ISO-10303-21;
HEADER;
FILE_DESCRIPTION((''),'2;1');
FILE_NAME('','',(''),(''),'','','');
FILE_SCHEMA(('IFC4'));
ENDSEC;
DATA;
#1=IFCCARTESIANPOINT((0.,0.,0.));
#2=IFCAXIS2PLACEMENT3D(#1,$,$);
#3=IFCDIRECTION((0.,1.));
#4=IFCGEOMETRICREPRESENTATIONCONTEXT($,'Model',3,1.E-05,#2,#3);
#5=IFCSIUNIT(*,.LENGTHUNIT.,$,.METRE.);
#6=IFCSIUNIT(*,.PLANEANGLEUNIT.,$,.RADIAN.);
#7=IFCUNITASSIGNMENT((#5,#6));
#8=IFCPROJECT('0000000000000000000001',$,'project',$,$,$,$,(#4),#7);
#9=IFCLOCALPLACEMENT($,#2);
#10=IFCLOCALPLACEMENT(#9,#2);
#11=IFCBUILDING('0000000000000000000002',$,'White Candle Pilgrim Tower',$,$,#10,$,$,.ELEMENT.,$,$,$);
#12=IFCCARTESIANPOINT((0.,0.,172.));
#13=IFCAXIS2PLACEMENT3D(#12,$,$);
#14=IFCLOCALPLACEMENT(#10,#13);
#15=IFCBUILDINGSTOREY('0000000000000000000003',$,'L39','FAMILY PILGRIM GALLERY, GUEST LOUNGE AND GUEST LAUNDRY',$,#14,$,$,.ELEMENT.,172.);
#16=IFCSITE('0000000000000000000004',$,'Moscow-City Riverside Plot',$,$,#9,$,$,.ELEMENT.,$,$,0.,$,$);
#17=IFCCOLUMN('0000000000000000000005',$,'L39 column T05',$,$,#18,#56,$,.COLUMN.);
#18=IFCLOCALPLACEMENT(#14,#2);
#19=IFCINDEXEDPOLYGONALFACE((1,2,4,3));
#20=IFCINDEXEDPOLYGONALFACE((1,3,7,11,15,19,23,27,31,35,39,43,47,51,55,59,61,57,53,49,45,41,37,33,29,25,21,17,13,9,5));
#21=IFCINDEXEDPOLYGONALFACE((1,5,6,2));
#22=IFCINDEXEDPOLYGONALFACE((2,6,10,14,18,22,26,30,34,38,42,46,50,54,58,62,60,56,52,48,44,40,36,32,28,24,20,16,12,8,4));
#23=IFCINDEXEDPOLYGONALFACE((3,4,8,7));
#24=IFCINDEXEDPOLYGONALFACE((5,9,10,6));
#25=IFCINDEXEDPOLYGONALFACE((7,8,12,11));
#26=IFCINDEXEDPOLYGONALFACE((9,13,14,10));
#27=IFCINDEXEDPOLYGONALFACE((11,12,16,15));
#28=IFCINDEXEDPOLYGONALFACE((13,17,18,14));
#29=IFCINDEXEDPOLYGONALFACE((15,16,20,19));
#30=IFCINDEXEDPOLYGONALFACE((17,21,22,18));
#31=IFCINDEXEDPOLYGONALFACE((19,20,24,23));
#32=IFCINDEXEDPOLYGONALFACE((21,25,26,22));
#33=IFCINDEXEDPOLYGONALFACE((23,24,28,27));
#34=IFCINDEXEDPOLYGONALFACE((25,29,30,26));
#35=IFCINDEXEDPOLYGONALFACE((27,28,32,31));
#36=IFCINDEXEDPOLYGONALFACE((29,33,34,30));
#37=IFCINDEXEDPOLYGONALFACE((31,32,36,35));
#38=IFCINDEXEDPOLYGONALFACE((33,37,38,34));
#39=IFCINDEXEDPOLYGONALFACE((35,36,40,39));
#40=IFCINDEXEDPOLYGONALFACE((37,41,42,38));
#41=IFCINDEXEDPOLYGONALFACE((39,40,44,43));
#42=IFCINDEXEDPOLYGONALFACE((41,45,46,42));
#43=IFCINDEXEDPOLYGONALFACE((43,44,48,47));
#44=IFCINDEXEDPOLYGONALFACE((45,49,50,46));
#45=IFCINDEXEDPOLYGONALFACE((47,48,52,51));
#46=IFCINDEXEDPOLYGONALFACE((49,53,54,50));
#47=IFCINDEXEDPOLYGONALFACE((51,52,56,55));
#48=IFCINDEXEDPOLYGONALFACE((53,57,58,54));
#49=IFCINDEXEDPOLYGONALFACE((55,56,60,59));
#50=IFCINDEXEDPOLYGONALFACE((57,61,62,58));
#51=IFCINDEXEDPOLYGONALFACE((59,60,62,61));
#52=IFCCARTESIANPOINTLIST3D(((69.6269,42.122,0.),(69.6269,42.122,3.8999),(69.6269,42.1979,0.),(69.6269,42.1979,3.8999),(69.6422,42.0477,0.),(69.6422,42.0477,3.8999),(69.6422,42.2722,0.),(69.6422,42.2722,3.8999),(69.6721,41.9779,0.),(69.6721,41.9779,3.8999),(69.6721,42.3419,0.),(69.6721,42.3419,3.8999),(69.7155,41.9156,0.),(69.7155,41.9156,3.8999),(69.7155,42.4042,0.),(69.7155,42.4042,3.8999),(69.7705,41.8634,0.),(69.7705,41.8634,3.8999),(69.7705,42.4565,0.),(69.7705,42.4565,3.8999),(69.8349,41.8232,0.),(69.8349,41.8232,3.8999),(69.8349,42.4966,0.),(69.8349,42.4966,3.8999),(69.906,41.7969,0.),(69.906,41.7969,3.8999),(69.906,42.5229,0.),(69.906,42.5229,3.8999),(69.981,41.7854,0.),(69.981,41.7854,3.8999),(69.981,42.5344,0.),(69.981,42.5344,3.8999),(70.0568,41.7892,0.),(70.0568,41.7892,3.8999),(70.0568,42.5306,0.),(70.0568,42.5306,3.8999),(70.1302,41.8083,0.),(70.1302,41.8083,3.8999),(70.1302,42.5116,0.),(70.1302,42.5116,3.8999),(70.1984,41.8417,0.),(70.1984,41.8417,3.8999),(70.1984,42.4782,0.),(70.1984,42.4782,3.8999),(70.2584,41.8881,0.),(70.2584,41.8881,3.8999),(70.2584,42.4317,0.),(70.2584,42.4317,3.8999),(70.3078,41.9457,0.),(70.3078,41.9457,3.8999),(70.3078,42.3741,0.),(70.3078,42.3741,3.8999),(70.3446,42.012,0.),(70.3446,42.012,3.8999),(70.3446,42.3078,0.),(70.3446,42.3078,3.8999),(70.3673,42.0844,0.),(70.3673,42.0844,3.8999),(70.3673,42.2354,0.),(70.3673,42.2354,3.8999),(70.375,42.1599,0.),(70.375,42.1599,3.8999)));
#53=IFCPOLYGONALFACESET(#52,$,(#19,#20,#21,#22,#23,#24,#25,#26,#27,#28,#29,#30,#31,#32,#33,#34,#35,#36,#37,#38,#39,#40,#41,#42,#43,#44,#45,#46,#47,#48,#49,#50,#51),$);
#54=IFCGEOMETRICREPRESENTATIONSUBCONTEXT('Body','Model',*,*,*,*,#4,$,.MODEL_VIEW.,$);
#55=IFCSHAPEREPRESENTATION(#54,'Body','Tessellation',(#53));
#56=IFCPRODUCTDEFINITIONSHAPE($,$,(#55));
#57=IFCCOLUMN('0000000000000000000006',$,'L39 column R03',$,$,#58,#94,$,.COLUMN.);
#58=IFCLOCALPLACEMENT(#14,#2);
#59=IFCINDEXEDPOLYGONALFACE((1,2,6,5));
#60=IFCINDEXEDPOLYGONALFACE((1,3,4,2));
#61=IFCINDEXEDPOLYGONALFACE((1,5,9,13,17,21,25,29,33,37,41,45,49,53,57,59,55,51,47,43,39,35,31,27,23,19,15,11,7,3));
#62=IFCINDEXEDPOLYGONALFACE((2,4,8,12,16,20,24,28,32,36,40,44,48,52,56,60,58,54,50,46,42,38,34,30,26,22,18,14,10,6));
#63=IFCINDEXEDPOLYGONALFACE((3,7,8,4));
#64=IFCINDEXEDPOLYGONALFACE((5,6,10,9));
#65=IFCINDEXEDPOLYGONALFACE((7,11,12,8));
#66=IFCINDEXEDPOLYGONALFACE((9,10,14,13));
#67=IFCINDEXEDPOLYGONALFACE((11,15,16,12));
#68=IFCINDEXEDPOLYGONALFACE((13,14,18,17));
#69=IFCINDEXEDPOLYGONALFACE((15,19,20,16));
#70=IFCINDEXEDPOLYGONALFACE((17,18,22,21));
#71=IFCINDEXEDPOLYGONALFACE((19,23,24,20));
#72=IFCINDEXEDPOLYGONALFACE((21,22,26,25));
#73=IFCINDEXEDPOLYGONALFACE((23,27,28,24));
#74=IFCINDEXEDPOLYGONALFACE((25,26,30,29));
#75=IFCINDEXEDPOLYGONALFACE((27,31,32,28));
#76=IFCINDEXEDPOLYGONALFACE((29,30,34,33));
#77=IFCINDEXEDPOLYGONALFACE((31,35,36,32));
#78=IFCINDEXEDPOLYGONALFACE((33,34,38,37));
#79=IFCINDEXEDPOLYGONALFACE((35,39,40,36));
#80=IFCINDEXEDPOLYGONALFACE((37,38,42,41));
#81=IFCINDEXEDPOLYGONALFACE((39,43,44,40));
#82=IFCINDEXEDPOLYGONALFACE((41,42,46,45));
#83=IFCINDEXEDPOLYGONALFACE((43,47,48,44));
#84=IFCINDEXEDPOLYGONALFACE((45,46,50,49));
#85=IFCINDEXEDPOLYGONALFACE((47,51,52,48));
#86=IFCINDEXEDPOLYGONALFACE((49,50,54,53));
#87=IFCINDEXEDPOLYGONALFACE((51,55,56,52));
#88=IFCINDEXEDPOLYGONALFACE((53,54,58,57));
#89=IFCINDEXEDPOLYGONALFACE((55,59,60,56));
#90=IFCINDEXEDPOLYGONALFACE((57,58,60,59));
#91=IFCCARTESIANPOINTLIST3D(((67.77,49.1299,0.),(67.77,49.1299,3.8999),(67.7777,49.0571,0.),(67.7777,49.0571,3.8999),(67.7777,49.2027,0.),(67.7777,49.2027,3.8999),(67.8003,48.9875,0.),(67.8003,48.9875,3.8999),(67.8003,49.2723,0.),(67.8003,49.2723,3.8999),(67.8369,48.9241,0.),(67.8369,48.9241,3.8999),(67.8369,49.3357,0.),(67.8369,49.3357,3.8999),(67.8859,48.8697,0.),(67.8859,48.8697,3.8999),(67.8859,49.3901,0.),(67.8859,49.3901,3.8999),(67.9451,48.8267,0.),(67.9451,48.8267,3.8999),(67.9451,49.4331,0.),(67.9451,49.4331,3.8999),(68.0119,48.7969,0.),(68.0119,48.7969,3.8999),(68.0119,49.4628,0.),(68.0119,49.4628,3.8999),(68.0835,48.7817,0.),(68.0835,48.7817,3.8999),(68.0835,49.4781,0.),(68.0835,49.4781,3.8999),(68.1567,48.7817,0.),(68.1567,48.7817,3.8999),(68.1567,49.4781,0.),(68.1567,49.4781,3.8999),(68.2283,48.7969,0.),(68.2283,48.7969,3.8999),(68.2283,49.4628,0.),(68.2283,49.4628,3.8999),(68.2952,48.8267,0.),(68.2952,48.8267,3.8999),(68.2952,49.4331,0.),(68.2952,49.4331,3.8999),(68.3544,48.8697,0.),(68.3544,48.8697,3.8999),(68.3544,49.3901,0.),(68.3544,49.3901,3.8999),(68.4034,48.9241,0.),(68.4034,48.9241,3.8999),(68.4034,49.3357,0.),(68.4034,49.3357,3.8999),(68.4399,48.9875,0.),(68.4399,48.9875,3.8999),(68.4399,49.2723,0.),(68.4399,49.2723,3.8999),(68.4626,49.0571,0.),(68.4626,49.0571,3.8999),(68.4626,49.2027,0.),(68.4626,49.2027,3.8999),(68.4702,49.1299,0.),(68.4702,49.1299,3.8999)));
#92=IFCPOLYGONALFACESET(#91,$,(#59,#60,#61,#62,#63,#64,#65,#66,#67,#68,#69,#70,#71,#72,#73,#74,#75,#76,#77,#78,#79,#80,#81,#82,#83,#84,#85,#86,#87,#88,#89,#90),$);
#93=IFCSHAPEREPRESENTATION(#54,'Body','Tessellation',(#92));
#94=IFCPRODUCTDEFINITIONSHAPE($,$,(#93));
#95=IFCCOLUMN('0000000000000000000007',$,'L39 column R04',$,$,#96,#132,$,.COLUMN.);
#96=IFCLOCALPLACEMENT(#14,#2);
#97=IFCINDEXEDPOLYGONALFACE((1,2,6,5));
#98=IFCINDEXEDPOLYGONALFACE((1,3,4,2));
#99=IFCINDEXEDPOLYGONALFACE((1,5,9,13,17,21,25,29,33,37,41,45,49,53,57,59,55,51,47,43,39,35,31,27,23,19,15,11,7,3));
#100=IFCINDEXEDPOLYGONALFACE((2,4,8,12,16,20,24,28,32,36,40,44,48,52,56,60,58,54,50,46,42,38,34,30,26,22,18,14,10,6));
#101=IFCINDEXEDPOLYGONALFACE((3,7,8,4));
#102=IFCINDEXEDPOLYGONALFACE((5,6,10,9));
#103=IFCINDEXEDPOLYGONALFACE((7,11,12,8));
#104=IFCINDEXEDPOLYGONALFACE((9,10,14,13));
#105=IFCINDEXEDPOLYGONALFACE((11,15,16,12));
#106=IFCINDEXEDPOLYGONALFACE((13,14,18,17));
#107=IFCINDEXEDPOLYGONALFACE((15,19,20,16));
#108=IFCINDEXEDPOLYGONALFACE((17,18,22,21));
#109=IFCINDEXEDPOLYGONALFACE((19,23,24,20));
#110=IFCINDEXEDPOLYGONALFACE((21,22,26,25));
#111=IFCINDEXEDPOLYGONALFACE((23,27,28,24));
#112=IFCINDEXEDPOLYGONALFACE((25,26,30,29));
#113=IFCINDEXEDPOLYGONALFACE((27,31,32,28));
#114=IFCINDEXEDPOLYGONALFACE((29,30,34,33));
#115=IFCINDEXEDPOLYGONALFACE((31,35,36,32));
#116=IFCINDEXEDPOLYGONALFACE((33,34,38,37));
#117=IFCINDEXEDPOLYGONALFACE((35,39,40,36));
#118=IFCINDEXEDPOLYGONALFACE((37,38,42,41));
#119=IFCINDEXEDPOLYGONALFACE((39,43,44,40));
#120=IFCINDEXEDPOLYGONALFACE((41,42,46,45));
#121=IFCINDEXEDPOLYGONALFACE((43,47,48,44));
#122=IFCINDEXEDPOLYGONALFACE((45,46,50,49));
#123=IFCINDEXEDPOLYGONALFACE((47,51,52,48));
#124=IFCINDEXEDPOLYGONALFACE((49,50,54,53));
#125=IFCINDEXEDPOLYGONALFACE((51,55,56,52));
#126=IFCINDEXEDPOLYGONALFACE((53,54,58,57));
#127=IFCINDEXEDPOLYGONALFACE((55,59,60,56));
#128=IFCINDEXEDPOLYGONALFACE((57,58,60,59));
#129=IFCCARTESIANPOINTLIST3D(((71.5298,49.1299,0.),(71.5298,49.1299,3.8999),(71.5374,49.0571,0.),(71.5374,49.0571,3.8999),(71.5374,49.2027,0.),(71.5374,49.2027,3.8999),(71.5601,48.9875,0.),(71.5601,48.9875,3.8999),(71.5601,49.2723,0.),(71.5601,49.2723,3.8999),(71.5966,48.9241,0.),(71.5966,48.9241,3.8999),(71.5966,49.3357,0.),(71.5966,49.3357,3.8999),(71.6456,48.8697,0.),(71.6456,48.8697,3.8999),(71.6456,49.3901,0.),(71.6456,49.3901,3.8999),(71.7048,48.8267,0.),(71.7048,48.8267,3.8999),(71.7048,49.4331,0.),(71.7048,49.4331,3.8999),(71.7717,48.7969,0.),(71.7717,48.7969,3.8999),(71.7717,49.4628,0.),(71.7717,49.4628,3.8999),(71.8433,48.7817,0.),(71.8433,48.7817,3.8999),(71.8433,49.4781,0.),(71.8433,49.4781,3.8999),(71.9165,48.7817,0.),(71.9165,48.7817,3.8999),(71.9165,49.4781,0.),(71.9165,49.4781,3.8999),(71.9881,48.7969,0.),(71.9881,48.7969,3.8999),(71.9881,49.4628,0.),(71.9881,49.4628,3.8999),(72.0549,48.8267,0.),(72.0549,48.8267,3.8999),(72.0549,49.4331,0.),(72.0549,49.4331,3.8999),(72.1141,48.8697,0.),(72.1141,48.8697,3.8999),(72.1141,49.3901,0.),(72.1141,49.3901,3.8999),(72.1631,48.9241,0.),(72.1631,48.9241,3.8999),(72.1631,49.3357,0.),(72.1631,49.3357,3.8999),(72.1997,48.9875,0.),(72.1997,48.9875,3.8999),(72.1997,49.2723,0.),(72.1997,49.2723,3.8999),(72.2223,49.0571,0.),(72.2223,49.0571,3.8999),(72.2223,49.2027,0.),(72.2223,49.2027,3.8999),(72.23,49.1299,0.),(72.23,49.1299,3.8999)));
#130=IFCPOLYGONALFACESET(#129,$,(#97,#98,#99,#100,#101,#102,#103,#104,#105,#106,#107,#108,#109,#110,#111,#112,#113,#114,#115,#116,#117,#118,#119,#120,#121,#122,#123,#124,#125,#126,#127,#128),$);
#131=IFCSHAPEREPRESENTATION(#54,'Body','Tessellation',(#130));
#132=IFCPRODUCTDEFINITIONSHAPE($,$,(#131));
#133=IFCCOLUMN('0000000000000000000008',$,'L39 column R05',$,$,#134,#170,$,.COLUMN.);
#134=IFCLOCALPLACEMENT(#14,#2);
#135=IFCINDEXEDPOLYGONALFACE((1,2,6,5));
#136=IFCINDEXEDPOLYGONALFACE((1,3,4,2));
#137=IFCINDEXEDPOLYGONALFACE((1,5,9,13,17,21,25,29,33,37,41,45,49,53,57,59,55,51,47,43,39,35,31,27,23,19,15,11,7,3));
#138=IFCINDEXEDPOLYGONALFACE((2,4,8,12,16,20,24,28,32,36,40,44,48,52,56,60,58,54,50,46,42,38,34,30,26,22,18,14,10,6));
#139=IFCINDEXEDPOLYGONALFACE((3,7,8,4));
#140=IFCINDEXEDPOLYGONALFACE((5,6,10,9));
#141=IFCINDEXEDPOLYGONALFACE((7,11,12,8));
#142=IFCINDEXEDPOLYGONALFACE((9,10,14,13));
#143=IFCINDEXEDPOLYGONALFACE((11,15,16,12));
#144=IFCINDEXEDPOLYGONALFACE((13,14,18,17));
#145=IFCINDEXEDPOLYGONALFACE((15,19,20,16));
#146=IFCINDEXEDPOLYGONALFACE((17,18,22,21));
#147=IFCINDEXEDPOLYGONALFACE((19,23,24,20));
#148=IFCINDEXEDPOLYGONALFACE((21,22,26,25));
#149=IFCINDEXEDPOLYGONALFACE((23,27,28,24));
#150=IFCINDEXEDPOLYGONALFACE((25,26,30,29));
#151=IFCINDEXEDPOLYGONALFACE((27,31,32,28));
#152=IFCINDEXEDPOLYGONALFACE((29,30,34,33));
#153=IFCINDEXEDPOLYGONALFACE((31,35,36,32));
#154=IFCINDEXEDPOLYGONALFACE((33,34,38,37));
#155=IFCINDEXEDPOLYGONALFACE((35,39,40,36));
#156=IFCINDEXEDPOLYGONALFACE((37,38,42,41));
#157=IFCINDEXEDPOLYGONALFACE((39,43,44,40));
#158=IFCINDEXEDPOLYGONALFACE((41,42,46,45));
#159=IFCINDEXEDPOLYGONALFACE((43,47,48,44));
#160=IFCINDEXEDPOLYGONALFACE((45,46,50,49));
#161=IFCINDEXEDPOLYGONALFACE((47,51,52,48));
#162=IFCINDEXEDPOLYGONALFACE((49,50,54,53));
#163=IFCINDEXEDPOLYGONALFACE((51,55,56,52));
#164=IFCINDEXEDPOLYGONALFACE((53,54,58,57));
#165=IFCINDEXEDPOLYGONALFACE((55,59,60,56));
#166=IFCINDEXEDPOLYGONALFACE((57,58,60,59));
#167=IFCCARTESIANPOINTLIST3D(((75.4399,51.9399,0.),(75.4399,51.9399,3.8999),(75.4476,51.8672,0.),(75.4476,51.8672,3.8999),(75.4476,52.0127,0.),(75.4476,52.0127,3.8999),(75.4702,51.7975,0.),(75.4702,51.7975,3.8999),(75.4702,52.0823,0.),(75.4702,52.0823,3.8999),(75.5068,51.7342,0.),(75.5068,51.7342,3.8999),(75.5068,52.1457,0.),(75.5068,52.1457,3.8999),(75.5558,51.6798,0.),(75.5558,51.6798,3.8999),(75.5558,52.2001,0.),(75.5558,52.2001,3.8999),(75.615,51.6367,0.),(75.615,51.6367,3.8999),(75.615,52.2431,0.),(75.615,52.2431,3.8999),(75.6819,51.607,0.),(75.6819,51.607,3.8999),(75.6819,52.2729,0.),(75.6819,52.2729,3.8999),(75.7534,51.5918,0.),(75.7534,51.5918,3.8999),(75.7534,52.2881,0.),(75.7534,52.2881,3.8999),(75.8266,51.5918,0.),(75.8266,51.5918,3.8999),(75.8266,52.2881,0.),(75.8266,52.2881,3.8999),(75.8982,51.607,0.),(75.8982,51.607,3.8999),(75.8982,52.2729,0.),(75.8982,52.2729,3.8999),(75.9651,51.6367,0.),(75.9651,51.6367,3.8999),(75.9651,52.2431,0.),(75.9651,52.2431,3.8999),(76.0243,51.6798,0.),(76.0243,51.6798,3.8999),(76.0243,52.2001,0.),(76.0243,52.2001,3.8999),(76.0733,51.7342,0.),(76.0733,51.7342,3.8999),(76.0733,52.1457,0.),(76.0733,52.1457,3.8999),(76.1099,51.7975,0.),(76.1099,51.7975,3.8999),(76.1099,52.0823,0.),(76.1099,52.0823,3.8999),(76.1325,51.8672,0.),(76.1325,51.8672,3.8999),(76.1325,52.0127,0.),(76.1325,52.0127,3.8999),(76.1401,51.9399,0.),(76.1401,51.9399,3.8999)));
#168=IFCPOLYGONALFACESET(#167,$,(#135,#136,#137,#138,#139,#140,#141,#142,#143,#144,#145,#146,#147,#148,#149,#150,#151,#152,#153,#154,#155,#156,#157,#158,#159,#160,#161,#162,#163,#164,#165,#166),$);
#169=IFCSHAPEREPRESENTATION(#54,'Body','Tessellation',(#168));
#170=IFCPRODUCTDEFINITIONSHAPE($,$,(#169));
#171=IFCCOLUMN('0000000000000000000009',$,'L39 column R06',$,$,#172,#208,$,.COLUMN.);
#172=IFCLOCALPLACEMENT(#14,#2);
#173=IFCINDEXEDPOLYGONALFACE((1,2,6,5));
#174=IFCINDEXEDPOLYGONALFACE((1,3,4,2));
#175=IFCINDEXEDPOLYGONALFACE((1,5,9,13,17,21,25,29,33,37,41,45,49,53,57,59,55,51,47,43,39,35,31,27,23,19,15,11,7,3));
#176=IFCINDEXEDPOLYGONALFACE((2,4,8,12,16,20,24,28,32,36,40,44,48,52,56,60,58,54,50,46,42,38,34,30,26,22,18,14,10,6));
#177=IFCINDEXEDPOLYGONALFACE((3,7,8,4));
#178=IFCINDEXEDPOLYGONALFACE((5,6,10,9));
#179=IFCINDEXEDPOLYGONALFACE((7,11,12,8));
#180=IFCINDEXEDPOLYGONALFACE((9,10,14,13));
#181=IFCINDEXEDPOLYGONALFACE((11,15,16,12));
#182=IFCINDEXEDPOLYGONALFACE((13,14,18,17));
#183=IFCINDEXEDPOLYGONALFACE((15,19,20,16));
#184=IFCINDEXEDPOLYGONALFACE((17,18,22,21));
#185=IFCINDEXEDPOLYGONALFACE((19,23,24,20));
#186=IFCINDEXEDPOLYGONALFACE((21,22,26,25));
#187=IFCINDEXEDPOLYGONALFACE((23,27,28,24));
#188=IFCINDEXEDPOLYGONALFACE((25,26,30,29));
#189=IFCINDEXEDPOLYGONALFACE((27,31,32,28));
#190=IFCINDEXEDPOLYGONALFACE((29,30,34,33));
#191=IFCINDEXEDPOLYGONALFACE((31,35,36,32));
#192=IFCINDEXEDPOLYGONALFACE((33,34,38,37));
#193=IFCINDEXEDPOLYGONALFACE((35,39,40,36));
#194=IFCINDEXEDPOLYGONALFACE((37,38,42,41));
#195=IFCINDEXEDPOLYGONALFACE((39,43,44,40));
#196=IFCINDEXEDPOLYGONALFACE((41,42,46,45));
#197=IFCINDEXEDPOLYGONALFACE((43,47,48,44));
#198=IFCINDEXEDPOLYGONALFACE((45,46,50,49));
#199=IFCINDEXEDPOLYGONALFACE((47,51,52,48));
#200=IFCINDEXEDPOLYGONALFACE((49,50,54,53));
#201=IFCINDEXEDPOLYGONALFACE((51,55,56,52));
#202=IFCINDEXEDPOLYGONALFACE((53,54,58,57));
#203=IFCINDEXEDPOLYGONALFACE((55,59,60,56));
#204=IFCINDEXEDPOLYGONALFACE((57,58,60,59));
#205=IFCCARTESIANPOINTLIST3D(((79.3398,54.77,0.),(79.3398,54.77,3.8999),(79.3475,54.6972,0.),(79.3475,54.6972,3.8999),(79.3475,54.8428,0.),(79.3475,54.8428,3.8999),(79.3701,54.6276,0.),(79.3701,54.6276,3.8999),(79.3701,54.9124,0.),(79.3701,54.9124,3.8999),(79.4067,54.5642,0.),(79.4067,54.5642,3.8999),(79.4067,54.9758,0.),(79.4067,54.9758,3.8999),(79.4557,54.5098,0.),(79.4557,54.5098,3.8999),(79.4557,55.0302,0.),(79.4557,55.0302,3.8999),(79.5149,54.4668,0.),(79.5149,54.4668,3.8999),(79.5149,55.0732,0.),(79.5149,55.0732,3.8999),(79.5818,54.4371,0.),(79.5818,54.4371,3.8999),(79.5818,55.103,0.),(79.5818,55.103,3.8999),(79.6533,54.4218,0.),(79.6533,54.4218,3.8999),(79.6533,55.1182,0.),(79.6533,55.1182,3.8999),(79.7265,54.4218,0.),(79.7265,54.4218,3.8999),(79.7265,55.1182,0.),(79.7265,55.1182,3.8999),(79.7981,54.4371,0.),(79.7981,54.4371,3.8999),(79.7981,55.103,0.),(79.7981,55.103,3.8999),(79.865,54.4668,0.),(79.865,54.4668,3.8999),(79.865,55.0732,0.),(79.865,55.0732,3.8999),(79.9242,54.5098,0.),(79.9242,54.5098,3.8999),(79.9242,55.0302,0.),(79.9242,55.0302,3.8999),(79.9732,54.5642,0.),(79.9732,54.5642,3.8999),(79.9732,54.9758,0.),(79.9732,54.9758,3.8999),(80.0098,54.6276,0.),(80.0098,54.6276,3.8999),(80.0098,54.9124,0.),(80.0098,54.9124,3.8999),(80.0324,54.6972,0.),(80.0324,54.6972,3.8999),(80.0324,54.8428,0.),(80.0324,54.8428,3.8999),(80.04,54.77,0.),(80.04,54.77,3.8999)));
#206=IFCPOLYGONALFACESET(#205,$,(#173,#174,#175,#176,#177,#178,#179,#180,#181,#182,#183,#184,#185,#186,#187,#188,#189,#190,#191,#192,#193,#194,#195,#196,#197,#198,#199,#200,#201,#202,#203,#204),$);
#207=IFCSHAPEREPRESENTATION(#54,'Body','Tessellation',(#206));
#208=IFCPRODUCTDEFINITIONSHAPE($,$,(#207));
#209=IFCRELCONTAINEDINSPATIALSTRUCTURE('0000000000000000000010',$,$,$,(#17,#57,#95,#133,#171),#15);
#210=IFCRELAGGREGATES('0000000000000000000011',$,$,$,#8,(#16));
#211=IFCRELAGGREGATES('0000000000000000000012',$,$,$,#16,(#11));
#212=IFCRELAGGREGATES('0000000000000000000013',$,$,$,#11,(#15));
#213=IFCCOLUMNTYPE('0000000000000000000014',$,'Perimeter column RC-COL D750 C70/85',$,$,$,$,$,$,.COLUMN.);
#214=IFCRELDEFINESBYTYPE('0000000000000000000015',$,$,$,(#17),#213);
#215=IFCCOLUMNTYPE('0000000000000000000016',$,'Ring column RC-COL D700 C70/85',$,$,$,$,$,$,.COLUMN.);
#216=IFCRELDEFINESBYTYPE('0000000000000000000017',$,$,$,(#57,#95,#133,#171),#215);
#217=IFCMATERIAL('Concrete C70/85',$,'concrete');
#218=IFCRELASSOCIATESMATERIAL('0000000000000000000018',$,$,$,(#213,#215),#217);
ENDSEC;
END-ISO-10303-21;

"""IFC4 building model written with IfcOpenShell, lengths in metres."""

from ifc_helpers import new_model, si_unit, direction, frame, origin, origin_2d, place, context, subcontext, project, spatial, circle, extrude, material, material_profile, profile_set, type_object, element, save


model = new_model("IFC4")

# Units and contexts
model_context = context("Model", 3, precision=1e-05, world=origin(), true_north=direction((0.0, 1.0)))
body_context = subcontext(model_context, "Body", "Model", "MODEL_VIEW")
ifc_project = project(units=[si_unit("LENGTHUNIT", "METRE"), si_unit("PLANEANGLEUNIT", "RADIAN")], contexts=[model_context])

# Site, building, storey
site_placement = place(None, origin())
site = spatial("IfcSite", under=ifc_project, at=site_placement, Name="Moscow-City Riverside Plot", CompositionType="ELEMENT", RefElevation=0.0)
building_placement = place(site_placement, origin())
building = spatial("IfcBuilding", under=site, at=building_placement, Name="White Candle Pilgrim Tower", CompositionType="ELEMENT")
storey_placement = place(building_placement, frame((0.0, 0.0, 172.0)))
storey = spatial("IfcBuildingStorey", under=building, at=storey_placement, Name="L39", Description="FAMILY PILGRIM GALLERY, GUEST LOUNGE AND GUEST LAUNDRY", CompositionType="ELEMENT", Elevation=172.0)

# Columns
ifc_material_1 = material(Name="Concrete C70/85", Category="concrete")
ifc_material_profile_1 = material_profile(ifc_material_1, circle(Radius=0.375, at=origin_2d()), Name="RC-COL D750")
ifc_profile_set_1 = profile_set([ifc_material_profile_1], Name="Concrete C70/85")
column_type_1 = type_object("IfcColumnType", Name="Perimeter column RC-COL D750 C70/85", PredefinedType="COLUMN", material=ifc_profile_set_1)
column_placement = place(storey_placement, frame((70.0, 42.1599, 0.0), z_axis=(0.0, 0.0, 1.0), x_axis=(1.0, 0.0, 0.0)))
element("IfcColumn", 1, at=column_placement, inside=storey, type_object=column_type_1, Name="L39 column T05", PredefinedType="COLUMN", context=body_context, shape_type="SweptSolid", body=[
    extrude(circle(Radius=0.375, at=origin_2d()), origin(), (0.0, 0.0, 1.0), 3.8999),
])
ifc_material_profile_2 = material_profile(ifc_material_1, circle(Radius=0.3501, at=origin_2d()), Name="RC-COL D700")
ifc_profile_set_2 = profile_set([ifc_material_profile_2], Name="Concrete C70/85")
column_type_2 = type_object("IfcColumnType", Name="Ring column RC-COL D700 C70/85", PredefinedType="COLUMN", material=ifc_profile_set_2)
for number, where, z_axis, x_axis, name in (
    (2, (68.1201, 49.1299, 0.0), (0.0, 0.0, 1.0), (1.0, 0.0, 0.0), "L39 column R03"),
    (3, (71.8799, 49.1299, 0.0), (0.0, 0.0, 1.0), (1.0, 0.0, 0.0), "L39 column R04"),
    (4, (75.79, 51.9399, 0.0), (0.0, 0.0, 1.0), (1.0, 0.0, 0.0), "L39 column R05"),
    (5, (79.6899, 54.77, 0.0), (0.0, 0.0, 1.0), (1.0, 0.0, 0.0), "L39 column R06"),
):
    element("IfcColumn", number, at=place(storey_placement, frame(where, z_axis=z_axis, x_axis=x_axis)), inside=storey, type_object=column_type_2, Name=name, PredefinedType="COLUMN", context=body_context, shape_type="SweptSolid", body=[
        extrude(circle(Radius=0.3501, at=origin_2d()), origin(), (0.0, 0.0, 1.0), 3.8999),
    ])

save(model, "model.ifc")
